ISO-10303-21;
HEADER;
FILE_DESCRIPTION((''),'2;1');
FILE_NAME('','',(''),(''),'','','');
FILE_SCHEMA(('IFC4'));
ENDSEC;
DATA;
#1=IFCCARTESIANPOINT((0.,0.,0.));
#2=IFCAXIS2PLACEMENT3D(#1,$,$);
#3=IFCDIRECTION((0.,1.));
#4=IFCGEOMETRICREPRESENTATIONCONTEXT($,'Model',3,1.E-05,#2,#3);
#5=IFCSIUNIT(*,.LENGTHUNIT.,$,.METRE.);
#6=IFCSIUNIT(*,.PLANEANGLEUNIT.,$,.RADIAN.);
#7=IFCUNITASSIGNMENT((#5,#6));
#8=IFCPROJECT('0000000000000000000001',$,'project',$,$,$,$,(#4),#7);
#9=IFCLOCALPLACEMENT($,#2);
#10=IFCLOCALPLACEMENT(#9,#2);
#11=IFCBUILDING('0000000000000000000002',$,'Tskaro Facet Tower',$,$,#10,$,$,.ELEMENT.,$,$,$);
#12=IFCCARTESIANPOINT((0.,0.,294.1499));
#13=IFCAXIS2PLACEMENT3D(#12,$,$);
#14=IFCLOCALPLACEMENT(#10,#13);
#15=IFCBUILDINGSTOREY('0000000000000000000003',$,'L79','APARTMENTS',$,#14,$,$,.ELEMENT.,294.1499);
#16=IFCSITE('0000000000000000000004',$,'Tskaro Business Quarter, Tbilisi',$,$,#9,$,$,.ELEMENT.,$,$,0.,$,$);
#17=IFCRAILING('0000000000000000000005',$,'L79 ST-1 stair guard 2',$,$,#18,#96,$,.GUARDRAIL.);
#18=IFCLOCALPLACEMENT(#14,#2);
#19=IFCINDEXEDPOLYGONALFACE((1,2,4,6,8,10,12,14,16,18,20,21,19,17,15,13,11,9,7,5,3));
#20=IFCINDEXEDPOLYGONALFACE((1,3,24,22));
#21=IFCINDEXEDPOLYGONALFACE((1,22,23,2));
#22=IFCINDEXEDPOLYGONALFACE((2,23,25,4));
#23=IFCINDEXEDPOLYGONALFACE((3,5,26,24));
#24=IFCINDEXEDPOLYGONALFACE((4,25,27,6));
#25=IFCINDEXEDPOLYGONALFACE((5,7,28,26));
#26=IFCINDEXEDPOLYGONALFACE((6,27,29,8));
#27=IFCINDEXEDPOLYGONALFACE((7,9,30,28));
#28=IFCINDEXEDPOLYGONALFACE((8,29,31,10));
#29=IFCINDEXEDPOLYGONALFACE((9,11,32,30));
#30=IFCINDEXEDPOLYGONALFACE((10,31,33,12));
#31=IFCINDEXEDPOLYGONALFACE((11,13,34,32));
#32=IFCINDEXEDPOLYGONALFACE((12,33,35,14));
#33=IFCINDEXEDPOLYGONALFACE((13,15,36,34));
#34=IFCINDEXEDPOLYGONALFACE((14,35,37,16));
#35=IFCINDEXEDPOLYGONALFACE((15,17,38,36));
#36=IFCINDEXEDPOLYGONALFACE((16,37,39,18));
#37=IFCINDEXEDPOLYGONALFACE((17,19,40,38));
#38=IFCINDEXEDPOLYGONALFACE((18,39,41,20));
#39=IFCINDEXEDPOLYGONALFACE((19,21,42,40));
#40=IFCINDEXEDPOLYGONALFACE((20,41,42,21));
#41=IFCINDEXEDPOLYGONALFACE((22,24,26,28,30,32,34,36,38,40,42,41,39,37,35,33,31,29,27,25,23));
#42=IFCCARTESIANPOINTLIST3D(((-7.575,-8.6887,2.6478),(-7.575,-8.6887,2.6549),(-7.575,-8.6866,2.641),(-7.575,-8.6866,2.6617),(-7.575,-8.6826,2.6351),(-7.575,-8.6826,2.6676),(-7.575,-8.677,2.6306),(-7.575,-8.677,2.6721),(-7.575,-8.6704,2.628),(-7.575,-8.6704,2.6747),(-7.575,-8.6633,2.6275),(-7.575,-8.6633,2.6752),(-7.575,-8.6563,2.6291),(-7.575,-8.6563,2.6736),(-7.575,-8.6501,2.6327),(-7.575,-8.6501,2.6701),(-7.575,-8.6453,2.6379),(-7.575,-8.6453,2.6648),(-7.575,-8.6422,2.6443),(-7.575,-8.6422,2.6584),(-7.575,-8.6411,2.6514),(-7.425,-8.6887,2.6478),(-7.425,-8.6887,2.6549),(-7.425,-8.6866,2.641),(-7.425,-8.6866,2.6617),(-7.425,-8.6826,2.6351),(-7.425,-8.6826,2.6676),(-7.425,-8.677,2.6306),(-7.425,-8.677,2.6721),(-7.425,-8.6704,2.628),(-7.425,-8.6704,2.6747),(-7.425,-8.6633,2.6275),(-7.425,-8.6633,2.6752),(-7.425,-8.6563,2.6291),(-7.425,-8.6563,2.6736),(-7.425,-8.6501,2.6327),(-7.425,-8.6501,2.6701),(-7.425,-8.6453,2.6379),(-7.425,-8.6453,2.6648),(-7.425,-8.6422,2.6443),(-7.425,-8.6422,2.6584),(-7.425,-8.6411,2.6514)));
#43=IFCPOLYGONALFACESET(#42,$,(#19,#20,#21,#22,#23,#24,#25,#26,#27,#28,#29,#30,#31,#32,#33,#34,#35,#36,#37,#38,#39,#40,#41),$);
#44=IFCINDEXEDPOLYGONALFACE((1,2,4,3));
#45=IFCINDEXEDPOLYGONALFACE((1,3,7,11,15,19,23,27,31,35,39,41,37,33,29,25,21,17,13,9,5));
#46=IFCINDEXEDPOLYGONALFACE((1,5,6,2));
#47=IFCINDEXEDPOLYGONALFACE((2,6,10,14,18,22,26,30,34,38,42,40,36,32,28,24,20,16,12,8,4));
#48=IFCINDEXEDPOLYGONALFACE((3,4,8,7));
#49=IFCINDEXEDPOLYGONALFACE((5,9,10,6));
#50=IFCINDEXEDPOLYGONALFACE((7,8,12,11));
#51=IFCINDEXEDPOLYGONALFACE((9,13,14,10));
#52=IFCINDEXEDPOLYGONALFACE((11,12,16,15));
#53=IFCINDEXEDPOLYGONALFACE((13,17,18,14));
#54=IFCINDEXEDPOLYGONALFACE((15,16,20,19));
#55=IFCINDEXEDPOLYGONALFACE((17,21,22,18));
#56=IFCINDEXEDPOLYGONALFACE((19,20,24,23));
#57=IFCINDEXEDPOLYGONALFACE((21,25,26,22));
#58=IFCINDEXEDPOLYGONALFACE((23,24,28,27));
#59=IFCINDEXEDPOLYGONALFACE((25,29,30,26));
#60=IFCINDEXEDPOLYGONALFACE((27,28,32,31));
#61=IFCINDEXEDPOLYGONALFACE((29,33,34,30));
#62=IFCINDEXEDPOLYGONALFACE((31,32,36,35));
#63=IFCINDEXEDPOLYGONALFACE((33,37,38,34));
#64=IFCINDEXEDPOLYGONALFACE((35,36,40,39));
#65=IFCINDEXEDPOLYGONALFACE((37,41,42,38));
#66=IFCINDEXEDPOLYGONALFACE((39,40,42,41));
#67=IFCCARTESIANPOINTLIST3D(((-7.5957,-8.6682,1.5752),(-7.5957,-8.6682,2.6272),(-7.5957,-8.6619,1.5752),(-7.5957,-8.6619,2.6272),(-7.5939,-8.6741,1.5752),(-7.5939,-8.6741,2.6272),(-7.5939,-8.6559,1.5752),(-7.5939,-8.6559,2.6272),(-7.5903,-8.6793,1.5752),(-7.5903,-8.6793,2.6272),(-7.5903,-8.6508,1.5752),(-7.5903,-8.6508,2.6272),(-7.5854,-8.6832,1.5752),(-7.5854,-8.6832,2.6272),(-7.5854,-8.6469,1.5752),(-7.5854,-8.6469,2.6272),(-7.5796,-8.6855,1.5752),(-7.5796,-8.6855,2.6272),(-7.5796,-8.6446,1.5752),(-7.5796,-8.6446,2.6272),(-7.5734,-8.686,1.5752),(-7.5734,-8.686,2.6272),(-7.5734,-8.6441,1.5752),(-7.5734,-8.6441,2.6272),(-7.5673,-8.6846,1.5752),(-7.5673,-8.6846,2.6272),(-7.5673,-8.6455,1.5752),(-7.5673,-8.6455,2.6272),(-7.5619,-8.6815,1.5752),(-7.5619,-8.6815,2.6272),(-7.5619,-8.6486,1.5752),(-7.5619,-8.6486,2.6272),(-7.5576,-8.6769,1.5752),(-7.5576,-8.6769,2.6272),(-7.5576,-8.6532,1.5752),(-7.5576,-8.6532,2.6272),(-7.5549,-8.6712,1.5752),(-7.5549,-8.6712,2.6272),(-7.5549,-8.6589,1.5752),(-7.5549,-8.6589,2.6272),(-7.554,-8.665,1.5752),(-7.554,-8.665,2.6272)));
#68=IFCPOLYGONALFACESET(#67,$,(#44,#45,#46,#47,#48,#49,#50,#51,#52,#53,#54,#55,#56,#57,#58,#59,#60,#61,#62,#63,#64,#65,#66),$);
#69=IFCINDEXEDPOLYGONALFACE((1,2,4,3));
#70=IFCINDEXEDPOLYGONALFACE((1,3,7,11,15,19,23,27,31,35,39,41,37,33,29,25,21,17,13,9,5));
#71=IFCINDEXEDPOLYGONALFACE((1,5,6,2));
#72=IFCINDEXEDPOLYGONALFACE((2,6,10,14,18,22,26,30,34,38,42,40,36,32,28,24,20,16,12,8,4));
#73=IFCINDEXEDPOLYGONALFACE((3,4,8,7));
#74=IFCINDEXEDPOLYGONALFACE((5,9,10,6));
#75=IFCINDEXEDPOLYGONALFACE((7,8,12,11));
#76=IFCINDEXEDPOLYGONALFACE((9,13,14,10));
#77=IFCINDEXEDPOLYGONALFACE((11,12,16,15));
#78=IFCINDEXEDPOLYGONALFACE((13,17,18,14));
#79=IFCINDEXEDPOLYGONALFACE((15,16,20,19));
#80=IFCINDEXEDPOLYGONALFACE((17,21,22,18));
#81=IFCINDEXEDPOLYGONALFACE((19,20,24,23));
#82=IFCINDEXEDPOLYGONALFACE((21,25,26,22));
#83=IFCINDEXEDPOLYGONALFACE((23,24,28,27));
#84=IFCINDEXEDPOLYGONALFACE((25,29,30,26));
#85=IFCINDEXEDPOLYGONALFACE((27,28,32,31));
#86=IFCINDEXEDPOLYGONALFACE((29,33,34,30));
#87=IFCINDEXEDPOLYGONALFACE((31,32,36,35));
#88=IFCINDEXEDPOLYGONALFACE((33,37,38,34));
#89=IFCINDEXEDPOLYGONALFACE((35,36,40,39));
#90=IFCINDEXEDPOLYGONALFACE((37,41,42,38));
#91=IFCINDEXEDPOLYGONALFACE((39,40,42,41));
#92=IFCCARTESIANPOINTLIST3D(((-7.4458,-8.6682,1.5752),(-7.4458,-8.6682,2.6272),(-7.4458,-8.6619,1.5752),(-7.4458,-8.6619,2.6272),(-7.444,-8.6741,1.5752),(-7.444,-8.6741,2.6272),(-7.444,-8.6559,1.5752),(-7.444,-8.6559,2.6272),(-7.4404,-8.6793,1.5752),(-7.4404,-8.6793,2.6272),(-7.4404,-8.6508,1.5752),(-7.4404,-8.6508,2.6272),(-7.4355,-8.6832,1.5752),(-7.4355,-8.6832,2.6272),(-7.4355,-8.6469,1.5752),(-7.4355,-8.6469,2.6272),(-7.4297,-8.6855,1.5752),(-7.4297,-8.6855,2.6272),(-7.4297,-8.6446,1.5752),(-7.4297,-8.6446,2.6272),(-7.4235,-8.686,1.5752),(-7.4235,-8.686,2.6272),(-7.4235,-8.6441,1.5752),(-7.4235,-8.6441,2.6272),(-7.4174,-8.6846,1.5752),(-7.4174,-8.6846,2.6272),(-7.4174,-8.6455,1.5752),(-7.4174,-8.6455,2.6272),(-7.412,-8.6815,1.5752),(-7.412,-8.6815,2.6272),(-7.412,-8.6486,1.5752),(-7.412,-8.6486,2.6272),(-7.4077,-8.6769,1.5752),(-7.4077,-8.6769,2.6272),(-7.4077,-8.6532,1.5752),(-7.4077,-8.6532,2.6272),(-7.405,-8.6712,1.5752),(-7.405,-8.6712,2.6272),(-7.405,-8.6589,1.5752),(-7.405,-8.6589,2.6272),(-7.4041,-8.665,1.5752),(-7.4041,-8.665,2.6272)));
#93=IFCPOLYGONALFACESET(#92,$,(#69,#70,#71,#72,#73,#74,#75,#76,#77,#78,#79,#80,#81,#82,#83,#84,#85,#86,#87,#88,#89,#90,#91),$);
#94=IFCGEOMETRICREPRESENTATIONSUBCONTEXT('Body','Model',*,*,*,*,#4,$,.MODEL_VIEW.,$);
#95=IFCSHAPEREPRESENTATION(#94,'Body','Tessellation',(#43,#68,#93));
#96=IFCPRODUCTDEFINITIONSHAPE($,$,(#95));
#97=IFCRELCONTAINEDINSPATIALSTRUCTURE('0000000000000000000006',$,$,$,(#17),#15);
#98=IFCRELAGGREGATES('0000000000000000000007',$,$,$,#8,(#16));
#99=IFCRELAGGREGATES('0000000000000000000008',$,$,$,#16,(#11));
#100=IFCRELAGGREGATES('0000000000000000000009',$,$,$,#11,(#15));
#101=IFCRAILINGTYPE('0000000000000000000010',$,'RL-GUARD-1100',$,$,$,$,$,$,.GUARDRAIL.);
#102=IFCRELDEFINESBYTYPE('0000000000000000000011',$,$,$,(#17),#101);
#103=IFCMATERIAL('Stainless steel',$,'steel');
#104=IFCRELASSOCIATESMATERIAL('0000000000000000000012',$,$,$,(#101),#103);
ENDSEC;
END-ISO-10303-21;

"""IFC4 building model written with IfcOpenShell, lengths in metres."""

from ifc_helpers import new_model, si_unit, direction, frame, origin, origin_2d, place, context, subcontext, project, spatial, circle, extrude, material, type_object, element, save


model = new_model("IFC4")

# Units and contexts
model_context = context("Model", 3, precision=1e-05, world=origin(), true_north=direction((0.0, 1.0)))
body_context = subcontext(model_context, "Body", "Model", "MODEL_VIEW")
ifc_project = project(units=[si_unit("LENGTHUNIT", "METRE"), si_unit("PLANEANGLEUNIT", "RADIAN")], contexts=[model_context])

# Site, building, storey
site_placement = place(None, origin())
site = spatial("IfcSite", under=ifc_project, at=site_placement, Name="Tskaro Business Quarter, Tbilisi", CompositionType="ELEMENT", RefElevation=0.0)
building_placement = place(site_placement, origin())
building = spatial("IfcBuilding", under=site, at=building_placement, Name="Tskaro Facet Tower", CompositionType="ELEMENT")
storey_placement = place(building_placement, frame((0.0, 0.0, 294.1499)))
storey = spatial("IfcBuildingStorey", under=building, at=storey_placement, Name="L79", Description="APARTMENTS", CompositionType="ELEMENT", Elevation=294.1499)

# Shared definitions
ifc_material_1 = material(Name="Stainless steel", Category="steel")

# Railing
railing_type_1 = type_object("IfcRailingType", Name="RL-GUARD-1100", PredefinedType="GUARDRAIL", material=ifc_material_1)
railing_1_placement = place(storey_placement, frame((-7.575, -8.665, 1.5752)))
element("IfcRailing", 1, at=railing_1_placement, inside=storey, type_object=railing_type_1, Name="L79 ST-1 stair guard 2", PredefinedType="GUARDRAIL", context=body_context, shape_type="SweptSolid", body=[
    extrude(circle(Radius=0.0239, at=origin_2d()), frame((0.0, 0.0, 1.0762), z_axis=(1.0, 0.0, 0.0), x_axis=(0.0, 1.0, 0.0)), (0.0, 0.0, 1.0), 0.1499),
    extrude(circle(Radius=0.021, at=origin_2d()), origin(), (0.0, 0.0, 1.0), 1.052),
    extrude(circle(Radius=0.021, at=origin_2d()), frame((0.1499, 0.0, 0.0)), (0.0, 0.0, 1.0), 1.052),
])

save(model, "model.ifc")
